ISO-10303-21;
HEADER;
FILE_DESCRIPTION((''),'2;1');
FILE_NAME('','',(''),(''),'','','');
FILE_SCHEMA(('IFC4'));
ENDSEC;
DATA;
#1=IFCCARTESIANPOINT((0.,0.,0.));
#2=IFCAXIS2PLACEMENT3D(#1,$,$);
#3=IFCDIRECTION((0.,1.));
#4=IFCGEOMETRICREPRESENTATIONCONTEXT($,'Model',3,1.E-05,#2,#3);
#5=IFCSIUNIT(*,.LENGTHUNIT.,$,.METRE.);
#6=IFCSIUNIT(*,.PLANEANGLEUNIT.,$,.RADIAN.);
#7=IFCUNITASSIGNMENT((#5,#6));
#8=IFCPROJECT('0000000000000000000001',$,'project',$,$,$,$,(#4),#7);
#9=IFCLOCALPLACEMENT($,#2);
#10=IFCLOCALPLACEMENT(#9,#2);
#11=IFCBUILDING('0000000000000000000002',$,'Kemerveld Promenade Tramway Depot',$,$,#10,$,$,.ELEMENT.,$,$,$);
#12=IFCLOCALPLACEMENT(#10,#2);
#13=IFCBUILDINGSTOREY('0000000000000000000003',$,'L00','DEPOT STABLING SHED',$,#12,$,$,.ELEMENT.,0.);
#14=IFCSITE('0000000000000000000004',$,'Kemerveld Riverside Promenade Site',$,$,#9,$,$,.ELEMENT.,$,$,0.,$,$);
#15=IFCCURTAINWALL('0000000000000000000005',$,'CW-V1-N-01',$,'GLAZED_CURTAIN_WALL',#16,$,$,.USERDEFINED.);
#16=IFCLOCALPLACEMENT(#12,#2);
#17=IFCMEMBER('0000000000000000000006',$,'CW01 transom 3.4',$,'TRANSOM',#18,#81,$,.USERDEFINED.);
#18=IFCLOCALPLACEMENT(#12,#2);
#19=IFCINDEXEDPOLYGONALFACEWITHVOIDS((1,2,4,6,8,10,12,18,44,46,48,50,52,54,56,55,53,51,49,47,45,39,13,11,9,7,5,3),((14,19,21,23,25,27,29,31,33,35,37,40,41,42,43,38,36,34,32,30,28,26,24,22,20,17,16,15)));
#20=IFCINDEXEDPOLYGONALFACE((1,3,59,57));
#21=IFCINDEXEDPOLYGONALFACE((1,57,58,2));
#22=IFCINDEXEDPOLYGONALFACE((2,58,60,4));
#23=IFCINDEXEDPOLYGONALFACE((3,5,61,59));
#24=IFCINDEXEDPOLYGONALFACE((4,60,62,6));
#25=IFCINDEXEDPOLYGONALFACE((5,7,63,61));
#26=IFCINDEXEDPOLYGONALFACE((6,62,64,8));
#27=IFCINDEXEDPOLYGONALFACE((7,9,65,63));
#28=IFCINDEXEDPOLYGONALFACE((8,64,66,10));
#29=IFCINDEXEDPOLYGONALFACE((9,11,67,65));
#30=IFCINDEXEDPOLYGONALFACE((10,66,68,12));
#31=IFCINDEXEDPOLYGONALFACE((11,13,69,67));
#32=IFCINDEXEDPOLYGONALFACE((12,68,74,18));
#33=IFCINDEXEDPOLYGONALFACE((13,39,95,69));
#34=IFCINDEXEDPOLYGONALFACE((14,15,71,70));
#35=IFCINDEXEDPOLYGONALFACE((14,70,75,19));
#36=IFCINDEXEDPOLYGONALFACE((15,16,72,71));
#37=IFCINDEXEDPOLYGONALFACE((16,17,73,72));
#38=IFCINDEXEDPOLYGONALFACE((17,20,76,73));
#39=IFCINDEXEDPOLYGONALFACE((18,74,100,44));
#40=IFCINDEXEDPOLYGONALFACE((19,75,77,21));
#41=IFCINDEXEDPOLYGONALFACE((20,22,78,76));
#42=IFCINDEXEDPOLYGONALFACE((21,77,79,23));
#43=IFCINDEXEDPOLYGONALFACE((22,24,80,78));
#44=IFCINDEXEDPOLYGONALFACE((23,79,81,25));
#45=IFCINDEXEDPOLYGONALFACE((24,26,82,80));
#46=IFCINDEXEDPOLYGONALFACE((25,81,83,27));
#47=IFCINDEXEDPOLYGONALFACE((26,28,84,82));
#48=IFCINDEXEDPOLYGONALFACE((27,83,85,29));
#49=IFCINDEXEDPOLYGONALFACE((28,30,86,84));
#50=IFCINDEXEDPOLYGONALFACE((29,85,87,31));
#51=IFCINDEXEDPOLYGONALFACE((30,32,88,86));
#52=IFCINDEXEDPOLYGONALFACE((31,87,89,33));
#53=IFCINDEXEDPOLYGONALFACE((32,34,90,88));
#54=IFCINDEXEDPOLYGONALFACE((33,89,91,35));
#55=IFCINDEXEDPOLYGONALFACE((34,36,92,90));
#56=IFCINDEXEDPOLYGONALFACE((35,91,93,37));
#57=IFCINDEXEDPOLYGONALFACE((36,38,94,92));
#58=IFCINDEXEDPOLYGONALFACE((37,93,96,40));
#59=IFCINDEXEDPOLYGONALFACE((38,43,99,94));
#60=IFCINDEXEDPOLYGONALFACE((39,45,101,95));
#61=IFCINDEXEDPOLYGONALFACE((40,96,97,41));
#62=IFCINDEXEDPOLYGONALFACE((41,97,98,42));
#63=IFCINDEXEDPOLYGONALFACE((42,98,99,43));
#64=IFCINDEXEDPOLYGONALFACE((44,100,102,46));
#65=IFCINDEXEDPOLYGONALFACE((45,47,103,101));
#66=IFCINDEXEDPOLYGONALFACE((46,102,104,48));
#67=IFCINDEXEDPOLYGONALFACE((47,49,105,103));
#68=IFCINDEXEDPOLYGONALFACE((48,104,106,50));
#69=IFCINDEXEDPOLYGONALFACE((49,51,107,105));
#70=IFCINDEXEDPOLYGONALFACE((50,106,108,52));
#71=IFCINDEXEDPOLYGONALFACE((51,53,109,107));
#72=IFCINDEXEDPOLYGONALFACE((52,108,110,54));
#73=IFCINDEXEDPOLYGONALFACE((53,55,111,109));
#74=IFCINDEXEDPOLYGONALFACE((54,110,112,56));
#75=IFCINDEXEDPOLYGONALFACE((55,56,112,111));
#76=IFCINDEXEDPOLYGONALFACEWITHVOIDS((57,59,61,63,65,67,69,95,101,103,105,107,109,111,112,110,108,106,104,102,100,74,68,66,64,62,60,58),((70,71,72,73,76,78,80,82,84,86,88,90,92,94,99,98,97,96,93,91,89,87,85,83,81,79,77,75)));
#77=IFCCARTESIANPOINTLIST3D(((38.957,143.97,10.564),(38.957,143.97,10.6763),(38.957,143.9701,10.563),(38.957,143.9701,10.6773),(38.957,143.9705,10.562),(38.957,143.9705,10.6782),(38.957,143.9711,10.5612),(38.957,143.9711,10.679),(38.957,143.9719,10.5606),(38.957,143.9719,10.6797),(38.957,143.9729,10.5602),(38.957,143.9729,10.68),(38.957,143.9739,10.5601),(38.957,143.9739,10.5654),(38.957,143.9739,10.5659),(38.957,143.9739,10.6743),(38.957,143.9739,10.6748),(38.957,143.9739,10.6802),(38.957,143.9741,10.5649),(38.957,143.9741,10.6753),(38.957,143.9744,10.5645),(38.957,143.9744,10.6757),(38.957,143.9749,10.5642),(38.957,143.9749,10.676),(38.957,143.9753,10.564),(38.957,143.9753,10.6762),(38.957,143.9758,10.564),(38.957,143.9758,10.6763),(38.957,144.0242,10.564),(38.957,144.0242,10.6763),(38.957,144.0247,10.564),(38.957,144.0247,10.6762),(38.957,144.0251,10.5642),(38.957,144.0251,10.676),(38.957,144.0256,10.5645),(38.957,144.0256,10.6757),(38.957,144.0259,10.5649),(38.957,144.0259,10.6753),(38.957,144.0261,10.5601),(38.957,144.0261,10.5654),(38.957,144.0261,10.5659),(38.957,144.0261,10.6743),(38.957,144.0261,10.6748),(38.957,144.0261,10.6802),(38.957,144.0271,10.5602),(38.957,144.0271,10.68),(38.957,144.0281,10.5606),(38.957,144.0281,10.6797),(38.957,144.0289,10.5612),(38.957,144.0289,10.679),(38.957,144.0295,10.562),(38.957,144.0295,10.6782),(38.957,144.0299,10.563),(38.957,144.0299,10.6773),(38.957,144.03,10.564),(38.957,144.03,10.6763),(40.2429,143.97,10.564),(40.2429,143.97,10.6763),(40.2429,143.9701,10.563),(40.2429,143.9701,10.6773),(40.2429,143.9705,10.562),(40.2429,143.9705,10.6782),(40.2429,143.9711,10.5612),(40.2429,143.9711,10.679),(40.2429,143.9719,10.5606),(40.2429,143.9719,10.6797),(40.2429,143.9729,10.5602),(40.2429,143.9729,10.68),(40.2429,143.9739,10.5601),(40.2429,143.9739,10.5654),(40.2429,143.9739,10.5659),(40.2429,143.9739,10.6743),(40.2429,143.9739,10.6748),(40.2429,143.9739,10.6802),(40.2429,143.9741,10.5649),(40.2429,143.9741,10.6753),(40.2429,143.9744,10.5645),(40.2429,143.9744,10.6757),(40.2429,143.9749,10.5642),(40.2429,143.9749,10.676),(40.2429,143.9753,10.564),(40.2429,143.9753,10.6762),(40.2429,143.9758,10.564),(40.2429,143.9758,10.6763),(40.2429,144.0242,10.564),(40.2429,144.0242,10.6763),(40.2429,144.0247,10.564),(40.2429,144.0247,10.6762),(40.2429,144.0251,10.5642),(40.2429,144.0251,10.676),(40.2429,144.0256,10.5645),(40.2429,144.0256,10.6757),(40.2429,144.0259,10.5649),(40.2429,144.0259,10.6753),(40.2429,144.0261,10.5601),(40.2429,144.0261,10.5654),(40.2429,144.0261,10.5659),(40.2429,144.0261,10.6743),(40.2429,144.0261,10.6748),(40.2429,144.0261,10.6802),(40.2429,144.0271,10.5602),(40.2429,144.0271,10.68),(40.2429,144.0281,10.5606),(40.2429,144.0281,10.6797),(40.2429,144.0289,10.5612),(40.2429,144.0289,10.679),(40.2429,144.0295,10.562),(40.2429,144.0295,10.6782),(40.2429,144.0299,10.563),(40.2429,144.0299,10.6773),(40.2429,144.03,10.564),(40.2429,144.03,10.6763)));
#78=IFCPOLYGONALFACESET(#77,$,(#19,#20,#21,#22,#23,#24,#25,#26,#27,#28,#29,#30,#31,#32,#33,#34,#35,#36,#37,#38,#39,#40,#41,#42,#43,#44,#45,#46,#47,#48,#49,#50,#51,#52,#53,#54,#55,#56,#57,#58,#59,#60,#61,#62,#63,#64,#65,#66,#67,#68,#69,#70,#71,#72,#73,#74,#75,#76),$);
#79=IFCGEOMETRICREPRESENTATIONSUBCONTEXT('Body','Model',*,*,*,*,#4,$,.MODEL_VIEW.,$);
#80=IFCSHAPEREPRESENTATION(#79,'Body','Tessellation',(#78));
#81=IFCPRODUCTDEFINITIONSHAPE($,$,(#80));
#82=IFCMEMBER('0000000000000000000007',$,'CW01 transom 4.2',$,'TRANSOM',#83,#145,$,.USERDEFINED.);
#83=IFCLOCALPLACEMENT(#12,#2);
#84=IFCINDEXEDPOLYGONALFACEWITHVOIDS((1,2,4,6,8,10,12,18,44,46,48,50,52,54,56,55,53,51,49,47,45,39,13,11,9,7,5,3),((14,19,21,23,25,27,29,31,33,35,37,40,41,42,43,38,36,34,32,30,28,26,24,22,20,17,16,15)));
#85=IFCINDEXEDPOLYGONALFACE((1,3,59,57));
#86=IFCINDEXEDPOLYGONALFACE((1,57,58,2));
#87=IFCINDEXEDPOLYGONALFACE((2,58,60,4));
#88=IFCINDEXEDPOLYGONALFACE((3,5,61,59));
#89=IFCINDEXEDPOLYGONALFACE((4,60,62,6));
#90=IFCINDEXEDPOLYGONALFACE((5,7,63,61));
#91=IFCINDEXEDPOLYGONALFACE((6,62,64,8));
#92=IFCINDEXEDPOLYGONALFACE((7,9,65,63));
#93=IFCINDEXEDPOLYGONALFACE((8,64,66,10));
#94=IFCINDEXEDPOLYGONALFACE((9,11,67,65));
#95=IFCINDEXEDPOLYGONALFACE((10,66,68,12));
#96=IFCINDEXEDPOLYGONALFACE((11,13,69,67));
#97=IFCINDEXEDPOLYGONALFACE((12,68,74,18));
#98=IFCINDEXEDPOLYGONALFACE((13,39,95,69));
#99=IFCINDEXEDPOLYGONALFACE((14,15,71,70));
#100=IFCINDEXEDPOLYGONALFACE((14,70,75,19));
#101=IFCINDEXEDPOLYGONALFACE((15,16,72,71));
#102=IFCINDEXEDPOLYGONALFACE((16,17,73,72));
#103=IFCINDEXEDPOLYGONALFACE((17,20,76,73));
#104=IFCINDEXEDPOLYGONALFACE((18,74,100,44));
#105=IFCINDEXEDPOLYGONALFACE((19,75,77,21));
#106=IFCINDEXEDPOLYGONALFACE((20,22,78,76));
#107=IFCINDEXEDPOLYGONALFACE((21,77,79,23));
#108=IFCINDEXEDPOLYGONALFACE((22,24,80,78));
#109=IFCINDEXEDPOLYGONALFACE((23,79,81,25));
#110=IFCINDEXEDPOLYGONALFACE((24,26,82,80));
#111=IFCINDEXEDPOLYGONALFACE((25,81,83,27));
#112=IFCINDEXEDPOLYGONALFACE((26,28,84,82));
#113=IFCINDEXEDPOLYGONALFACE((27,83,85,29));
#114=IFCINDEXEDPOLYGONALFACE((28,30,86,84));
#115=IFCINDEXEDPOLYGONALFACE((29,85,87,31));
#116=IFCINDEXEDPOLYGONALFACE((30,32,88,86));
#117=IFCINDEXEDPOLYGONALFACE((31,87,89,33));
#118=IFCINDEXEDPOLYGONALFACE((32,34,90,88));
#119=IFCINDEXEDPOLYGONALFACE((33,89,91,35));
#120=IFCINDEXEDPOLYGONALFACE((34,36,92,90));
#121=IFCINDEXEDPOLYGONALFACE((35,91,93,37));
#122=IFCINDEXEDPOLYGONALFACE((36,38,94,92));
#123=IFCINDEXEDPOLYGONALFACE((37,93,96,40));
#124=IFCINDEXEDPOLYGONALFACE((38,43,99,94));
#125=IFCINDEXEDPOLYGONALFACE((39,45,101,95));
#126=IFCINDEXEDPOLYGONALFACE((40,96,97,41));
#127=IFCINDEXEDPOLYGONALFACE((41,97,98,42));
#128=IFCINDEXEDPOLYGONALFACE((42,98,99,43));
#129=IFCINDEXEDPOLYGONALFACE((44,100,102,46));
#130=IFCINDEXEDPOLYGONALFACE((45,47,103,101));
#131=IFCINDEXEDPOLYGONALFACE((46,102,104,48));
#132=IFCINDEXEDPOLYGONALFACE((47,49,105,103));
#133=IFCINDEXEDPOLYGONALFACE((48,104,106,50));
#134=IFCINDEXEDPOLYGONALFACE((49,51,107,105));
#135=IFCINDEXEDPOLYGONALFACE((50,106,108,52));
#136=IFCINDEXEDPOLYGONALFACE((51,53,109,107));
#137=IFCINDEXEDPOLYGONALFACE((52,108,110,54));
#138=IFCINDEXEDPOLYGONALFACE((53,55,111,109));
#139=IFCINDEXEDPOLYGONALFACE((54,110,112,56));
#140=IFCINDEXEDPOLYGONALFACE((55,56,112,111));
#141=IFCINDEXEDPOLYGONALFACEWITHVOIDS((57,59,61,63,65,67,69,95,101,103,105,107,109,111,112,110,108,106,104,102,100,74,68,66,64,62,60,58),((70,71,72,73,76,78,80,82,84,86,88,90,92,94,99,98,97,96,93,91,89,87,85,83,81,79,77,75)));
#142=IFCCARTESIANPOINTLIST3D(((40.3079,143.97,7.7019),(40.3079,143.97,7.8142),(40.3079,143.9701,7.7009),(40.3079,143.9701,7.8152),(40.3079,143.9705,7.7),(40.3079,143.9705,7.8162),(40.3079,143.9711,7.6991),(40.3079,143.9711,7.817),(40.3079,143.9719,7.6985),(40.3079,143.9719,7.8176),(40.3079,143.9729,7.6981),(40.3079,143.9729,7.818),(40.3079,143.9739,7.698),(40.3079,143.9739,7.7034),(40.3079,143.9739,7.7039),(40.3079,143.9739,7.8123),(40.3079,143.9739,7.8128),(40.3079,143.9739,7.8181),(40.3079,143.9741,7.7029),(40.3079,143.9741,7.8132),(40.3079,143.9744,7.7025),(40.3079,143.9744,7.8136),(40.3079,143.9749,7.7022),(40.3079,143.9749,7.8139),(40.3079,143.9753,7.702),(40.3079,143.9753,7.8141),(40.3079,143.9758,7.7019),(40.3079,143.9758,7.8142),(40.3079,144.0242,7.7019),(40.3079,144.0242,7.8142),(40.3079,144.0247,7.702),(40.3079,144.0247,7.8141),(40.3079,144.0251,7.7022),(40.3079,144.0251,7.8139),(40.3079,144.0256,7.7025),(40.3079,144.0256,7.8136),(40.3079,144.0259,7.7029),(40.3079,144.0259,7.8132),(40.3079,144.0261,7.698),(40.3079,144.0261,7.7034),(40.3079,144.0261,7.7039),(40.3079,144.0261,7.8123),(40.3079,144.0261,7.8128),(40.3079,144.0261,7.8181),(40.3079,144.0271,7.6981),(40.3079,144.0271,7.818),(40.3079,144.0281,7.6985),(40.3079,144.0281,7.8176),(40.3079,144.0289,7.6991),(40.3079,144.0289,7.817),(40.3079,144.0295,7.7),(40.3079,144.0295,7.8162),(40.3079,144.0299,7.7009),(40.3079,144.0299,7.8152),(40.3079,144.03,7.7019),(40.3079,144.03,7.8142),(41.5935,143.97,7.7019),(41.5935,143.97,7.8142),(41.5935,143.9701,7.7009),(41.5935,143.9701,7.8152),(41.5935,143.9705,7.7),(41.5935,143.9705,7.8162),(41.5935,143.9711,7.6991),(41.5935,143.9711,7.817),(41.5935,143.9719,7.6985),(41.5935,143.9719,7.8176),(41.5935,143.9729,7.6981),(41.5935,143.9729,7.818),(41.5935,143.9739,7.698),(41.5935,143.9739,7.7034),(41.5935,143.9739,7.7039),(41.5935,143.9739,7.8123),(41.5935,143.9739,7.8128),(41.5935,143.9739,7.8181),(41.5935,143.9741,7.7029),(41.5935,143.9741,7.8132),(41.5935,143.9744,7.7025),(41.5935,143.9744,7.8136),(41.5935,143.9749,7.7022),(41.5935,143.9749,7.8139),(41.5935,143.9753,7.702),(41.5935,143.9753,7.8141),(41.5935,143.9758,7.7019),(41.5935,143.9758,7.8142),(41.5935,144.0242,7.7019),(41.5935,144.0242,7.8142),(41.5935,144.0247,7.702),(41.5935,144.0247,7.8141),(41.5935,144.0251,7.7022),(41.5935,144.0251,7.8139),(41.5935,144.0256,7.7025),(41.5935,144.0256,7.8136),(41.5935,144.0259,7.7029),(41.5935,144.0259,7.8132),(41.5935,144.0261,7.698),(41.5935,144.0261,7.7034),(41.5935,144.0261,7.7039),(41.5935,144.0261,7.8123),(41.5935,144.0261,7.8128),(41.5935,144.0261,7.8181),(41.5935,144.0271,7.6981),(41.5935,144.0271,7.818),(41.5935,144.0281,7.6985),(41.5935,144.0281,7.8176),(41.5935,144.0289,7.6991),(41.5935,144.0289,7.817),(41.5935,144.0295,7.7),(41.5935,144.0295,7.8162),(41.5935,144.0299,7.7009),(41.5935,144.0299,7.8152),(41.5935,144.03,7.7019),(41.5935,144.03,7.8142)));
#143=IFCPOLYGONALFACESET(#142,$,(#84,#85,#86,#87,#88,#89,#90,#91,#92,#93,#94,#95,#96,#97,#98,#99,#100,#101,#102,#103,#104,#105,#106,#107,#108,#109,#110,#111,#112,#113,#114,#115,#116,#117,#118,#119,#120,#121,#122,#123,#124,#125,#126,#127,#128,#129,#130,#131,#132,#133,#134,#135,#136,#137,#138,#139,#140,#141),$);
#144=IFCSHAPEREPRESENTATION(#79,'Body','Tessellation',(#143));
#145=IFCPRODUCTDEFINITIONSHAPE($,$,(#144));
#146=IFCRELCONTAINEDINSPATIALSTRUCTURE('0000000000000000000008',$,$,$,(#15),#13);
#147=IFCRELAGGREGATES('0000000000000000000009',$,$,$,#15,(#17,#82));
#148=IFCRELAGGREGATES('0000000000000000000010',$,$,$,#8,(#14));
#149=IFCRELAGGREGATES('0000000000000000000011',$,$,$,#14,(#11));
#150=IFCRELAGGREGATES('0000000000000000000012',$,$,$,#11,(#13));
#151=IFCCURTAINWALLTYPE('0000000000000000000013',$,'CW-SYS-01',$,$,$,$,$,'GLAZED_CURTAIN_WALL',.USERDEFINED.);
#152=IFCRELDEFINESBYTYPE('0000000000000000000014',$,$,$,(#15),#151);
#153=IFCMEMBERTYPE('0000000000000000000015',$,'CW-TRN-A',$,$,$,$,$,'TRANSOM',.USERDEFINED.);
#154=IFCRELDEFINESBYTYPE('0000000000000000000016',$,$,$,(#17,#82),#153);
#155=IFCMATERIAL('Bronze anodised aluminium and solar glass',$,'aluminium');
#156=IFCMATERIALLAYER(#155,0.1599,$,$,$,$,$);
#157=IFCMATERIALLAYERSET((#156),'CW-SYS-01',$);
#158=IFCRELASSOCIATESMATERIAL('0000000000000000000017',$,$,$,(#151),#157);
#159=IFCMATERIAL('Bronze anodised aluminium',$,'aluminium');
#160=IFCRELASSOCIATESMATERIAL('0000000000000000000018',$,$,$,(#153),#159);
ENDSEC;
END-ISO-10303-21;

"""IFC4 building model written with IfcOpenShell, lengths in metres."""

from ifc_helpers import new_model, si_unit, direction, frame, origin, origin_2d, place, context, subcontext, project, spatial, hollow_rectangle, extrude, material, layer, layer_set, material_profile, profile_set, type_object, element, aggregate, save


model = new_model("IFC4")

# Units and contexts
model_context = context("Model", 3, precision=1e-05, world=origin(), true_north=direction((0.0, 1.0)))
body_context = subcontext(model_context, "Body", "Model", "MODEL_VIEW")
ifc_project = project(units=[si_unit("LENGTHUNIT", "METRE"), si_unit("PLANEANGLEUNIT", "RADIAN")], contexts=[model_context])

# Site, building, storey
site_placement = place(None, origin())
site = spatial("IfcSite", under=ifc_project, at=site_placement, Name="Kemerveld Riverside Promenade Site", CompositionType="ELEMENT", RefElevation=0.0)
building_placement = place(site_placement, origin())
building = spatial("IfcBuilding", under=site, at=building_placement, Name="Kemerveld Promenade Tramway Depot", CompositionType="ELEMENT")
storey_placement = place(building_placement, origin())
storey = spatial("IfcBuildingStorey", under=building, at=storey_placement, Name="L00", Description="DEPOT STABLING SHED", CompositionType="ELEMENT", Elevation=0.0)

# Curtain wall, members
ifc_material_1 = material(Name="Bronze anodised aluminium and solar glass", Category="aluminium")
ifc_layer_1 = layer(ifc_material_1, 0.1599)
ifc_layer_set_1 = layer_set([ifc_layer_1], Name="CW-SYS-01")
curtain_wall_type_1 = type_object("IfcCurtainWallType", Name="CW-SYS-01", ElementType="GLAZED_CURTAIN_WALL", PredefinedType="USERDEFINED", material=ifc_layer_set_1)
curtain_wall_1_placement = place(storey_placement, origin())
curtain_wall_1 = element("IfcCurtainWall", 1, at=curtain_wall_1_placement, inside=storey, type_object=curtain_wall_type_1, Name="CW-V1-N-01", ObjectType="GLAZED_CURTAIN_WALL", PredefinedType="USERDEFINED")
ifc_material_2 = material(Name="Bronze anodised aluminium", Category="aluminium")
ifc_material_profile_1 = material_profile(ifc_material_2, hollow_rectangle(XDim=0.0601, YDim=0.1201, WallThickness=0.0039, InnerFilletRadius=0.002, OuterFilletRadius=0.0039, at=origin_2d()), Name="CW-TRN-120x60")
ifc_profile_set_1 = profile_set([ifc_material_profile_1], Name="Bronze anodised aluminium")
member_type_1 = type_object("IfcMemberType", Name="CW-TRN-A", ElementType="TRANSOM", PredefinedType="USERDEFINED", material=ifc_profile_set_1)
member_1_placement = place(storey_placement, frame((38.957, 144.0, 10.6201), z_axis=(1.0, 0.0, 0.0), x_axis=(0.0, 1.0, 0.0)))
member_1 = element("IfcMember", 2, at=member_1_placement, type_object=member_type_1, Name="CW01 transom 3.4", ObjectType="TRANSOM", PredefinedType="USERDEFINED", context=body_context, shape_type="SweptSolid", body=[
    extrude(hollow_rectangle(XDim=0.0601, YDim=0.1201, WallThickness=0.0039, InnerFilletRadius=0.002, OuterFilletRadius=0.0039, at=origin_2d()), origin(), (0.0, 0.0, 1.0), 1.2859),
])
member_2_placement = place(storey_placement, frame((40.3079, 144.0, 7.7581), z_axis=(1.0, 0.0, 0.0), x_axis=(0.0, 1.0, 0.0)))
member_2 = element("IfcMember", 3, at=member_2_placement, type_object=member_type_1, Name="CW01 transom 4.2", ObjectType="TRANSOM", PredefinedType="USERDEFINED", context=body_context, shape_type="SweptSolid", body=[
    extrude(hollow_rectangle(XDim=0.0601, YDim=0.1201, WallThickness=0.0039, InnerFilletRadius=0.002, OuterFilletRadius=0.0039, at=origin_2d()), origin(), (0.0, 0.0, 1.0), 1.2856),
])

aggregate(curtain_wall_1, [member_1, member_2])

save(model, "model.ifc")
